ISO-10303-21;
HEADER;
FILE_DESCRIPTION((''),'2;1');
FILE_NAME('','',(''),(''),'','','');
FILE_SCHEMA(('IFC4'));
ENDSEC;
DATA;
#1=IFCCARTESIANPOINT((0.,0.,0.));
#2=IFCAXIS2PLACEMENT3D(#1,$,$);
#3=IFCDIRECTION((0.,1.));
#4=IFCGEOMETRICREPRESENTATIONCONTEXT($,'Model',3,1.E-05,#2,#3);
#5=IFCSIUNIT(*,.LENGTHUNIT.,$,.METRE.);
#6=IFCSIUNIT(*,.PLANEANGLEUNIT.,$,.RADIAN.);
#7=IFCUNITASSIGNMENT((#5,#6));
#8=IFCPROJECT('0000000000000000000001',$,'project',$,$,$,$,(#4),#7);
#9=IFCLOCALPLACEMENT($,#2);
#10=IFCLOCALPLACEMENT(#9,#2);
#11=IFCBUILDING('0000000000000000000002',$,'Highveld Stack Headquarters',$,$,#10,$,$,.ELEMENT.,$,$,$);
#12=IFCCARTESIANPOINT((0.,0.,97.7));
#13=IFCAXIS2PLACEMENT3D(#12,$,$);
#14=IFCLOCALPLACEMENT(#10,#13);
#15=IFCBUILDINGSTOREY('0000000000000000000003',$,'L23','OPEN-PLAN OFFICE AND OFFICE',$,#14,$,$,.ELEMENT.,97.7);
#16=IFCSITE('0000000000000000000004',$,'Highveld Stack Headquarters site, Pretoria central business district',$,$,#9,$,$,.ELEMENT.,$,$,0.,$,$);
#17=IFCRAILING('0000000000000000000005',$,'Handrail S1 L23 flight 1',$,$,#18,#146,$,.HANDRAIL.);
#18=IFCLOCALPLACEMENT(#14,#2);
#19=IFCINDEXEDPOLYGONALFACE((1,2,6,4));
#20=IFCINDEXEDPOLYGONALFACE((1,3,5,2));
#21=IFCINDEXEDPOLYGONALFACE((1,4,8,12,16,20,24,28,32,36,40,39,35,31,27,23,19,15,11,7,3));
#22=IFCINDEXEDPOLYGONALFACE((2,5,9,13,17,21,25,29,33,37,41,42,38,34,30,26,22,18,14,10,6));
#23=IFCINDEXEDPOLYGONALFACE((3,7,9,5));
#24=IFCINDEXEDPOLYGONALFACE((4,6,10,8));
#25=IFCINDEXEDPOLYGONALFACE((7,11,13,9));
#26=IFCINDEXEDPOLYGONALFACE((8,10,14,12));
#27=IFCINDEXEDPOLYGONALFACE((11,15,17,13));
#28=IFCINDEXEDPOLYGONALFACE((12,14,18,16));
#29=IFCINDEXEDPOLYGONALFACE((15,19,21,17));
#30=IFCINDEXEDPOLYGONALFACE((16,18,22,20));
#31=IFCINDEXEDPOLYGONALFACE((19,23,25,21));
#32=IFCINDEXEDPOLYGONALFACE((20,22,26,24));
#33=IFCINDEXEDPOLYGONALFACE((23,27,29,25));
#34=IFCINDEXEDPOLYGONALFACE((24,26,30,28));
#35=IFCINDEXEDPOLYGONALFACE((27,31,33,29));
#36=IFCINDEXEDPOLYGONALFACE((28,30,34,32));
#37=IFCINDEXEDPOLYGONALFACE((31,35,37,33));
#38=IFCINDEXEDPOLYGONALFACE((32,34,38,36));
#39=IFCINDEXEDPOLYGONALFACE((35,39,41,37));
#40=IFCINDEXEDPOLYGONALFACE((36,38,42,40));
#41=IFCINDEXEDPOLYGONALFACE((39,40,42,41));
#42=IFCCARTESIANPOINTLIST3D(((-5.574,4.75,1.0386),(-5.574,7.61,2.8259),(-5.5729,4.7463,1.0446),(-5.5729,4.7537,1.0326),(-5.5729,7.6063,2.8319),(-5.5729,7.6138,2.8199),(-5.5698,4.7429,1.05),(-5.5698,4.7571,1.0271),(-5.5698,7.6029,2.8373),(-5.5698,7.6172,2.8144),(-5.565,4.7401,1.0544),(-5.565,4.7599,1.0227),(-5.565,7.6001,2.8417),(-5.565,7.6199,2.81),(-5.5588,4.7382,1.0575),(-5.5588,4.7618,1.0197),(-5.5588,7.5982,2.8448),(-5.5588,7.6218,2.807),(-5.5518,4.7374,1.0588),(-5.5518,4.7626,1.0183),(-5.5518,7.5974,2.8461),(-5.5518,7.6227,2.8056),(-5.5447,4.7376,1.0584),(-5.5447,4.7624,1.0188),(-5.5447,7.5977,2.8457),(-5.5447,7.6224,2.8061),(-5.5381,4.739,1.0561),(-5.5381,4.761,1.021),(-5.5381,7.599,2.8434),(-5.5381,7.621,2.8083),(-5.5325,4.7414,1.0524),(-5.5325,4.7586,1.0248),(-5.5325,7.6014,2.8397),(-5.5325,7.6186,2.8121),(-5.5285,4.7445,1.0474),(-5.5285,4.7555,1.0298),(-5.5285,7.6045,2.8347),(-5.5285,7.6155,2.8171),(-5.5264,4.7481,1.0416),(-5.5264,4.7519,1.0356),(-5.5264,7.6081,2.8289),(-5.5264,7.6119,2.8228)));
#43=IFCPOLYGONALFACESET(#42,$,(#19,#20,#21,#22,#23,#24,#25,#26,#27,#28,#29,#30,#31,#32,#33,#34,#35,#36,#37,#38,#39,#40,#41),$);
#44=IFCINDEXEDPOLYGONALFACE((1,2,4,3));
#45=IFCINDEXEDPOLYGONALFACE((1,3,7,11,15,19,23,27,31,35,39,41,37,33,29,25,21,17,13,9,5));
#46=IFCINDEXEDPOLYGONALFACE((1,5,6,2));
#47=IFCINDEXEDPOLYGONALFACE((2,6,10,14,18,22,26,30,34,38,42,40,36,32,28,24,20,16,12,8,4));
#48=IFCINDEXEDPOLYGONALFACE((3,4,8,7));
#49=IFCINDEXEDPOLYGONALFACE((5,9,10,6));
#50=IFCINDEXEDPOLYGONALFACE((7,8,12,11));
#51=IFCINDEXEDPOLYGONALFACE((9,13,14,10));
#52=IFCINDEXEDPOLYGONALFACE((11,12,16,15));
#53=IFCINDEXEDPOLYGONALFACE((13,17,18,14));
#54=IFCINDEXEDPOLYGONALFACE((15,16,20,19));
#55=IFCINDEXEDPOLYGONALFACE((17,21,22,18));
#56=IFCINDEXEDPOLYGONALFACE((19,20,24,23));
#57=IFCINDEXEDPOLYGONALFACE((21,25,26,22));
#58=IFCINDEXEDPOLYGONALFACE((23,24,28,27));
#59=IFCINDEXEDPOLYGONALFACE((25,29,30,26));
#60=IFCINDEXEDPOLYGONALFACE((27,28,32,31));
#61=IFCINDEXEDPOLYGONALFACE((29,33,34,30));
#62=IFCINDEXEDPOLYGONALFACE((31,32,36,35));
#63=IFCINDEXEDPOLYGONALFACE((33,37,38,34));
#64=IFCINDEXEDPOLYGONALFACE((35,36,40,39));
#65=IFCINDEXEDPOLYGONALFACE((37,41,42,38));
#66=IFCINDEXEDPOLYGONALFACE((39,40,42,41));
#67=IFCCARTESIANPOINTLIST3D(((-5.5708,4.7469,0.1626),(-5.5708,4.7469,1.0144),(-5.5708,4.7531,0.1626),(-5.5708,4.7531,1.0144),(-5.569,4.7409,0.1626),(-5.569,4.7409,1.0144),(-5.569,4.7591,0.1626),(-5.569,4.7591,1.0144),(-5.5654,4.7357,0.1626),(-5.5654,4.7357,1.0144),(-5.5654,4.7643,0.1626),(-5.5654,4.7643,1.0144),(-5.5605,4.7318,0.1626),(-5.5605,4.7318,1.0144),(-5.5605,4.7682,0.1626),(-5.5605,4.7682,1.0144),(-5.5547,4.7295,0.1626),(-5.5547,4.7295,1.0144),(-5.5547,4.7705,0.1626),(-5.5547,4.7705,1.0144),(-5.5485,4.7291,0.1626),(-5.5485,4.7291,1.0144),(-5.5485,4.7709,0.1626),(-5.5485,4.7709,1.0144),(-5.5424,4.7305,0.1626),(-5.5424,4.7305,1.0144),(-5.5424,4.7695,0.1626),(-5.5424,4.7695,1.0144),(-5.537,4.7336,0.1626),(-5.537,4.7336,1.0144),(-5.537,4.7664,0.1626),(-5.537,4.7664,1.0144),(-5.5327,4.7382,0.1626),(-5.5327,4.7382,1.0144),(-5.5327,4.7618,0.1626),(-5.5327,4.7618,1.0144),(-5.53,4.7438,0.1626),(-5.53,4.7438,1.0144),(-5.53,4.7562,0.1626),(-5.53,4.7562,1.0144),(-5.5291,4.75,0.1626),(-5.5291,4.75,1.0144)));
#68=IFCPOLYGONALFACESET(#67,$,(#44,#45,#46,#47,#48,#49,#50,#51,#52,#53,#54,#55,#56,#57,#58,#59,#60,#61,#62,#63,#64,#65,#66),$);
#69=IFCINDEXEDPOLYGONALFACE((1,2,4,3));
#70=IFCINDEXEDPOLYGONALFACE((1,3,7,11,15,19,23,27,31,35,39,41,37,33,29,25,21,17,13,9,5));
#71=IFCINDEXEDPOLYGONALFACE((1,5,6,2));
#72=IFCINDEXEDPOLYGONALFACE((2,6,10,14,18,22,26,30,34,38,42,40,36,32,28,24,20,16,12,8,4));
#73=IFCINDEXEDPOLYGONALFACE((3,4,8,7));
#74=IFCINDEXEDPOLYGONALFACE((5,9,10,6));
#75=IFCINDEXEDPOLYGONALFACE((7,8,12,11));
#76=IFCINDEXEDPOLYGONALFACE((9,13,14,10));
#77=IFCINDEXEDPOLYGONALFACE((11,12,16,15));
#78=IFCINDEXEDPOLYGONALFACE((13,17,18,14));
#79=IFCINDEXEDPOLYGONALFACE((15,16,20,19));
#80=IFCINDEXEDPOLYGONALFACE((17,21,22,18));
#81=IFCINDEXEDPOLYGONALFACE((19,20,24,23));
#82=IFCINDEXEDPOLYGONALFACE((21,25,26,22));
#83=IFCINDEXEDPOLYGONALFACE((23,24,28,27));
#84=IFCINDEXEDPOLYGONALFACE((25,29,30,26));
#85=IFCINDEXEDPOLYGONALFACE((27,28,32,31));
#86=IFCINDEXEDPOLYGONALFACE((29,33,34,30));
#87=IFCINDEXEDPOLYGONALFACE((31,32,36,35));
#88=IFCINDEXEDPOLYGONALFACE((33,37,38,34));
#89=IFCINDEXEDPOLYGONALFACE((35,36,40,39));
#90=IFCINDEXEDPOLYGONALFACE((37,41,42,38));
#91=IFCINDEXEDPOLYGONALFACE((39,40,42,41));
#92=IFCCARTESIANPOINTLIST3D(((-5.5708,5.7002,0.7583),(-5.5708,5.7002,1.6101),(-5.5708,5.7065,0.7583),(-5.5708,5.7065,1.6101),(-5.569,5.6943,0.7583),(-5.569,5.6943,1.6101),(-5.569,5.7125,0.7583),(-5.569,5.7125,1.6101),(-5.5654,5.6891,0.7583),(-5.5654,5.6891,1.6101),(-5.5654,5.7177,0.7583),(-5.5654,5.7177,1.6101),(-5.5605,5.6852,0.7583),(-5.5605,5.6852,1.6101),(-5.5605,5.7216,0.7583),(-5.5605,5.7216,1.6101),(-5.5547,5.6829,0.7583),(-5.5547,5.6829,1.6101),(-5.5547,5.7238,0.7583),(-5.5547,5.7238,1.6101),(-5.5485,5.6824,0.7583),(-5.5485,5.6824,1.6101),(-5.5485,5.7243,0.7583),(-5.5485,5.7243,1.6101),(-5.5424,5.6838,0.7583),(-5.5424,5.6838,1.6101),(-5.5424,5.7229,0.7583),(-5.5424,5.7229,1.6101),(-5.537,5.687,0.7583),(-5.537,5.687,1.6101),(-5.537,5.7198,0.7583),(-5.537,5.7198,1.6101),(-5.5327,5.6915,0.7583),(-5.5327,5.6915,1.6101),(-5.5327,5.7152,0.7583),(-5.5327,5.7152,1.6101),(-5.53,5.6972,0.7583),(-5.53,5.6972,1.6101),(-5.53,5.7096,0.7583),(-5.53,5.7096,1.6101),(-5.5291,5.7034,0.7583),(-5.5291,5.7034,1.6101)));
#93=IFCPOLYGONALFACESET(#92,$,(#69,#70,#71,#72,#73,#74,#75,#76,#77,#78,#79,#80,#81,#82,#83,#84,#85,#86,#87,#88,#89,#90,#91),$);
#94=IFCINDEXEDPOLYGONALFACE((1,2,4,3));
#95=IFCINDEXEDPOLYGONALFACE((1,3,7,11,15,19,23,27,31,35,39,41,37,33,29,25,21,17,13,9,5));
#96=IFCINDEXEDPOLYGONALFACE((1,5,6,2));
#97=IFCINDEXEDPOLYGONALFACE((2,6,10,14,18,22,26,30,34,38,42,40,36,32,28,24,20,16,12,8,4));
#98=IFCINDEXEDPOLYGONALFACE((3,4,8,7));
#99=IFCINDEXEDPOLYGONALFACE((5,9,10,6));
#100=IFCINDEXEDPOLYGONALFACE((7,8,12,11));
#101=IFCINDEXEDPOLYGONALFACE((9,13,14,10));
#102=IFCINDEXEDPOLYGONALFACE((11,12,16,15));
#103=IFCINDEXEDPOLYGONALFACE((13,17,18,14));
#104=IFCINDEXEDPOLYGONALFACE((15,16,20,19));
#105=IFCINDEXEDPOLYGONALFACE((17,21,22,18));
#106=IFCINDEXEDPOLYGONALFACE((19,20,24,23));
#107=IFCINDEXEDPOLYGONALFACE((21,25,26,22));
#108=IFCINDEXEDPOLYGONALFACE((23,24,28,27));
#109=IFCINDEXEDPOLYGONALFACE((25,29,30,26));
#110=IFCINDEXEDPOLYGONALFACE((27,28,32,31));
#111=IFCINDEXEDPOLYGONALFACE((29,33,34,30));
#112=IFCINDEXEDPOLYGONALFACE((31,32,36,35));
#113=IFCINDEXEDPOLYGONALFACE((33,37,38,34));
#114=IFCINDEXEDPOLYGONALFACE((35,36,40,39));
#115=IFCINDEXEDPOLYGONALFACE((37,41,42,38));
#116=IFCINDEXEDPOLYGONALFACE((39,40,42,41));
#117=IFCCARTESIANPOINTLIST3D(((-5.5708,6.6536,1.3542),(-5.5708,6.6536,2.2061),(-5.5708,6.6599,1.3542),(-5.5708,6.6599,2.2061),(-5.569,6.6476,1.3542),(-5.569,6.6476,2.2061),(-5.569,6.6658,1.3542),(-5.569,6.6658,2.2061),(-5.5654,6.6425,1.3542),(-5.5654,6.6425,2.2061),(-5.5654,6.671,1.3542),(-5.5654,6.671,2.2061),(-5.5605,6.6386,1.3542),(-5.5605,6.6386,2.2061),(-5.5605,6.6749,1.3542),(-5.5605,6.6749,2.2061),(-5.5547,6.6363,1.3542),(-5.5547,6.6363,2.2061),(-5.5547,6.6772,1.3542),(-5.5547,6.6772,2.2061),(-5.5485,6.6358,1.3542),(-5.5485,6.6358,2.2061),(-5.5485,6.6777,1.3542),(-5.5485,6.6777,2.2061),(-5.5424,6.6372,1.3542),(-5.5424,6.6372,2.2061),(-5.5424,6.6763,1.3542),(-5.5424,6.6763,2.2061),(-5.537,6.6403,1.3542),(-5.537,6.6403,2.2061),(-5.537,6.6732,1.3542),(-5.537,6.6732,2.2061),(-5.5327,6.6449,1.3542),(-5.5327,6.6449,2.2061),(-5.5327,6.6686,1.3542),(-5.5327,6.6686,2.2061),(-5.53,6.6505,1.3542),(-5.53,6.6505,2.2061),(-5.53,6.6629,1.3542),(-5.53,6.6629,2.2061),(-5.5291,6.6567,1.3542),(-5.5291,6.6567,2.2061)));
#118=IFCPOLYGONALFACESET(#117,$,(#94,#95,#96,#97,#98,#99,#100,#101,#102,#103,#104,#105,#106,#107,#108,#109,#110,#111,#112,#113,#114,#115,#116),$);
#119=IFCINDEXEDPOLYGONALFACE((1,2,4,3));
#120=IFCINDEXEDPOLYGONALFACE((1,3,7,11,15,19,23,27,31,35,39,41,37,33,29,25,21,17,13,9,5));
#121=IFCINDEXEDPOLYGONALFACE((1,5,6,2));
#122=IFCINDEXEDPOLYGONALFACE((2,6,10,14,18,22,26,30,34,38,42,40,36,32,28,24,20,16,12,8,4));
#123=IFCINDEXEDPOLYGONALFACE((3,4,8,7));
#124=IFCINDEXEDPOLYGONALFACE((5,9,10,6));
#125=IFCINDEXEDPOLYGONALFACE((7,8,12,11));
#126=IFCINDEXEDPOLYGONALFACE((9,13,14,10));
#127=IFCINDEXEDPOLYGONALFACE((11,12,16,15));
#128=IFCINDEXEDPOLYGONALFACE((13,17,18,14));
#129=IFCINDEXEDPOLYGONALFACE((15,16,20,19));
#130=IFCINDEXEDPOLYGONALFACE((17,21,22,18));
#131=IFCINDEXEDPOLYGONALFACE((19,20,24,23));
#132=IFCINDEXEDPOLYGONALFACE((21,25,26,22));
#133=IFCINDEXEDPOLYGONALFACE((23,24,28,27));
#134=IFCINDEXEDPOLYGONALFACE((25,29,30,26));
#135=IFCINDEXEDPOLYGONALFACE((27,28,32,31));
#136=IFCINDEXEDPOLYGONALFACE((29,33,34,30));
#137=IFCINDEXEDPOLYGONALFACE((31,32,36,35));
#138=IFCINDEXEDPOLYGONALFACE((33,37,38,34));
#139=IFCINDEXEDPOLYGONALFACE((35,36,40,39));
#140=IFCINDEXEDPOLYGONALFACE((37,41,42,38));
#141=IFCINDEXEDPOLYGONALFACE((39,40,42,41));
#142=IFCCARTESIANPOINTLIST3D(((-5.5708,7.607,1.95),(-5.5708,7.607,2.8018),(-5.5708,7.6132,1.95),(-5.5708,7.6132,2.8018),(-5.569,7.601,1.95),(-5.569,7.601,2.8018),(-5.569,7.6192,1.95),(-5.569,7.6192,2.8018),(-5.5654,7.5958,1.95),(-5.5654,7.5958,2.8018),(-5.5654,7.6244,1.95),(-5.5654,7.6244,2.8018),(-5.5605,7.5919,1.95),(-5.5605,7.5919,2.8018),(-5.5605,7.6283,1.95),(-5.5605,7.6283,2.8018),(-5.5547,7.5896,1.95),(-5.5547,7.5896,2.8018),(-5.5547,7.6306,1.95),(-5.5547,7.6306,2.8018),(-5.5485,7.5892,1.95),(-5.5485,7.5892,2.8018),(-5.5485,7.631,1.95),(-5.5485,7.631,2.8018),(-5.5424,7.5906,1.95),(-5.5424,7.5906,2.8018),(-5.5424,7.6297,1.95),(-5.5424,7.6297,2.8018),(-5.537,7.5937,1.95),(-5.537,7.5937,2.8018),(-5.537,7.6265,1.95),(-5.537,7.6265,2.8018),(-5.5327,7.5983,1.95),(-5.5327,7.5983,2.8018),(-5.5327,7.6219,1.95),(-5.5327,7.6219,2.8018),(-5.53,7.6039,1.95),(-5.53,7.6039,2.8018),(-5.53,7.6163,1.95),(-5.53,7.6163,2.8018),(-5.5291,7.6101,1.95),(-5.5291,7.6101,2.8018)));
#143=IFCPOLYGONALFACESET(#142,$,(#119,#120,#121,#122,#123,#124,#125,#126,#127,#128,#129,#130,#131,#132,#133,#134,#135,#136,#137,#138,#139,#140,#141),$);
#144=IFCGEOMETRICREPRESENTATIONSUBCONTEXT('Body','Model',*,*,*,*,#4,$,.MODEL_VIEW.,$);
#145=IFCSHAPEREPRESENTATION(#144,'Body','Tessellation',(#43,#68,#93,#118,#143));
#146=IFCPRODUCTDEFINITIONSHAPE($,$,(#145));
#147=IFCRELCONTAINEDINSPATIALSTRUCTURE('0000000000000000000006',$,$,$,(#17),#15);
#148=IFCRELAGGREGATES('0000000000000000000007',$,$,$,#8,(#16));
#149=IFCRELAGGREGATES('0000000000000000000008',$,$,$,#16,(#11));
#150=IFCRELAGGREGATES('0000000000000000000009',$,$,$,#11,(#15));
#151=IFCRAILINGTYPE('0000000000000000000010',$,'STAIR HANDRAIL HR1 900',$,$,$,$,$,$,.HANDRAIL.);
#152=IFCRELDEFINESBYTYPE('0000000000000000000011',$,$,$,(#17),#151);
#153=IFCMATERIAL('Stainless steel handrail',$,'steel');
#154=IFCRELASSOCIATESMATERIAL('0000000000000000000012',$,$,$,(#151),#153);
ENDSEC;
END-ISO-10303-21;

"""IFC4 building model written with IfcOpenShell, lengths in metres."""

from ifc_helpers import new_model, si_unit, direction, frame, origin, origin_2d, place, context, subcontext, project, spatial, circle, extrude, material, type_object, element, save


model = new_model("IFC4")

# Units and contexts
model_context = context("Model", 3, precision=1e-05, world=origin(), true_north=direction((0.0, 1.0)))
body_context = subcontext(model_context, "Body", "Model", "MODEL_VIEW")
ifc_project = project(units=[si_unit("LENGTHUNIT", "METRE"), si_unit("PLANEANGLEUNIT", "RADIAN")], contexts=[model_context])

# Site, building, storey
site_placement = place(None, origin())
site = spatial("IfcSite", under=ifc_project, at=site_placement, Name="Highveld Stack Headquarters site, Pretoria central business district", CompositionType="ELEMENT", RefElevation=0.0)
building_placement = place(site_placement, origin())
building = spatial("IfcBuilding", under=site, at=building_placement, Name="Highveld Stack Headquarters", CompositionType="ELEMENT")
storey_placement = place(building_placement, frame((0.0, 0.0, 97.7)))
storey = spatial("IfcBuildingStorey", under=building, at=storey_placement, Name="L23", Description="OPEN-PLAN OFFICE AND OFFICE", CompositionType="ELEMENT", Elevation=97.7)

# Railing
ifc_material_1 = material(Name="Stainless steel handrail", Category="steel")
railing_type = type_object("IfcRailingType", Name="STAIR HANDRAIL HR1 900", PredefinedType="HANDRAIL", material=ifc_material_1)
for number, where, name in (
    (1, (-5.55, 4.75, 0.1626), "Handrail S1 L23 flight 1"),
):
    element("IfcRailing", number, at=place(storey_placement, frame(where)), inside=storey, type_object=railing_type, Name=name, PredefinedType="HANDRAIL", context=body_context, shape_type="SweptSolid", body=[
        extrude(circle(Radius=0.0239, at=origin_2d()), frame((0.0, 0.0, 0.876), z_axis=(0.0, 0.848027, 0.529953), x_axis=(-1.0, 0.0, 0.0)), (0.0, 0.0, 1.0), 3.3726),
        extrude(circle(Radius=0.021, at=origin_2d()), origin(), (0.0, 0.0, 1.0), 0.8518),
        extrude(circle(Radius=0.021, at=origin_2d()), frame((0.0, 0.9534, 0.5957)), (0.0, 0.0, 1.0), 0.8518),
        extrude(circle(Radius=0.021, at=origin_2d()), frame((0.0, 1.9067, 1.1917)), (0.0, 0.0, 1.0), 0.8518),
        extrude(circle(Radius=0.021, at=origin_2d()), frame((0.0, 2.8601, 1.7874)), (0.0, 0.0, 1.0), 0.8518),
    ])

save(model, "model.ifc")
